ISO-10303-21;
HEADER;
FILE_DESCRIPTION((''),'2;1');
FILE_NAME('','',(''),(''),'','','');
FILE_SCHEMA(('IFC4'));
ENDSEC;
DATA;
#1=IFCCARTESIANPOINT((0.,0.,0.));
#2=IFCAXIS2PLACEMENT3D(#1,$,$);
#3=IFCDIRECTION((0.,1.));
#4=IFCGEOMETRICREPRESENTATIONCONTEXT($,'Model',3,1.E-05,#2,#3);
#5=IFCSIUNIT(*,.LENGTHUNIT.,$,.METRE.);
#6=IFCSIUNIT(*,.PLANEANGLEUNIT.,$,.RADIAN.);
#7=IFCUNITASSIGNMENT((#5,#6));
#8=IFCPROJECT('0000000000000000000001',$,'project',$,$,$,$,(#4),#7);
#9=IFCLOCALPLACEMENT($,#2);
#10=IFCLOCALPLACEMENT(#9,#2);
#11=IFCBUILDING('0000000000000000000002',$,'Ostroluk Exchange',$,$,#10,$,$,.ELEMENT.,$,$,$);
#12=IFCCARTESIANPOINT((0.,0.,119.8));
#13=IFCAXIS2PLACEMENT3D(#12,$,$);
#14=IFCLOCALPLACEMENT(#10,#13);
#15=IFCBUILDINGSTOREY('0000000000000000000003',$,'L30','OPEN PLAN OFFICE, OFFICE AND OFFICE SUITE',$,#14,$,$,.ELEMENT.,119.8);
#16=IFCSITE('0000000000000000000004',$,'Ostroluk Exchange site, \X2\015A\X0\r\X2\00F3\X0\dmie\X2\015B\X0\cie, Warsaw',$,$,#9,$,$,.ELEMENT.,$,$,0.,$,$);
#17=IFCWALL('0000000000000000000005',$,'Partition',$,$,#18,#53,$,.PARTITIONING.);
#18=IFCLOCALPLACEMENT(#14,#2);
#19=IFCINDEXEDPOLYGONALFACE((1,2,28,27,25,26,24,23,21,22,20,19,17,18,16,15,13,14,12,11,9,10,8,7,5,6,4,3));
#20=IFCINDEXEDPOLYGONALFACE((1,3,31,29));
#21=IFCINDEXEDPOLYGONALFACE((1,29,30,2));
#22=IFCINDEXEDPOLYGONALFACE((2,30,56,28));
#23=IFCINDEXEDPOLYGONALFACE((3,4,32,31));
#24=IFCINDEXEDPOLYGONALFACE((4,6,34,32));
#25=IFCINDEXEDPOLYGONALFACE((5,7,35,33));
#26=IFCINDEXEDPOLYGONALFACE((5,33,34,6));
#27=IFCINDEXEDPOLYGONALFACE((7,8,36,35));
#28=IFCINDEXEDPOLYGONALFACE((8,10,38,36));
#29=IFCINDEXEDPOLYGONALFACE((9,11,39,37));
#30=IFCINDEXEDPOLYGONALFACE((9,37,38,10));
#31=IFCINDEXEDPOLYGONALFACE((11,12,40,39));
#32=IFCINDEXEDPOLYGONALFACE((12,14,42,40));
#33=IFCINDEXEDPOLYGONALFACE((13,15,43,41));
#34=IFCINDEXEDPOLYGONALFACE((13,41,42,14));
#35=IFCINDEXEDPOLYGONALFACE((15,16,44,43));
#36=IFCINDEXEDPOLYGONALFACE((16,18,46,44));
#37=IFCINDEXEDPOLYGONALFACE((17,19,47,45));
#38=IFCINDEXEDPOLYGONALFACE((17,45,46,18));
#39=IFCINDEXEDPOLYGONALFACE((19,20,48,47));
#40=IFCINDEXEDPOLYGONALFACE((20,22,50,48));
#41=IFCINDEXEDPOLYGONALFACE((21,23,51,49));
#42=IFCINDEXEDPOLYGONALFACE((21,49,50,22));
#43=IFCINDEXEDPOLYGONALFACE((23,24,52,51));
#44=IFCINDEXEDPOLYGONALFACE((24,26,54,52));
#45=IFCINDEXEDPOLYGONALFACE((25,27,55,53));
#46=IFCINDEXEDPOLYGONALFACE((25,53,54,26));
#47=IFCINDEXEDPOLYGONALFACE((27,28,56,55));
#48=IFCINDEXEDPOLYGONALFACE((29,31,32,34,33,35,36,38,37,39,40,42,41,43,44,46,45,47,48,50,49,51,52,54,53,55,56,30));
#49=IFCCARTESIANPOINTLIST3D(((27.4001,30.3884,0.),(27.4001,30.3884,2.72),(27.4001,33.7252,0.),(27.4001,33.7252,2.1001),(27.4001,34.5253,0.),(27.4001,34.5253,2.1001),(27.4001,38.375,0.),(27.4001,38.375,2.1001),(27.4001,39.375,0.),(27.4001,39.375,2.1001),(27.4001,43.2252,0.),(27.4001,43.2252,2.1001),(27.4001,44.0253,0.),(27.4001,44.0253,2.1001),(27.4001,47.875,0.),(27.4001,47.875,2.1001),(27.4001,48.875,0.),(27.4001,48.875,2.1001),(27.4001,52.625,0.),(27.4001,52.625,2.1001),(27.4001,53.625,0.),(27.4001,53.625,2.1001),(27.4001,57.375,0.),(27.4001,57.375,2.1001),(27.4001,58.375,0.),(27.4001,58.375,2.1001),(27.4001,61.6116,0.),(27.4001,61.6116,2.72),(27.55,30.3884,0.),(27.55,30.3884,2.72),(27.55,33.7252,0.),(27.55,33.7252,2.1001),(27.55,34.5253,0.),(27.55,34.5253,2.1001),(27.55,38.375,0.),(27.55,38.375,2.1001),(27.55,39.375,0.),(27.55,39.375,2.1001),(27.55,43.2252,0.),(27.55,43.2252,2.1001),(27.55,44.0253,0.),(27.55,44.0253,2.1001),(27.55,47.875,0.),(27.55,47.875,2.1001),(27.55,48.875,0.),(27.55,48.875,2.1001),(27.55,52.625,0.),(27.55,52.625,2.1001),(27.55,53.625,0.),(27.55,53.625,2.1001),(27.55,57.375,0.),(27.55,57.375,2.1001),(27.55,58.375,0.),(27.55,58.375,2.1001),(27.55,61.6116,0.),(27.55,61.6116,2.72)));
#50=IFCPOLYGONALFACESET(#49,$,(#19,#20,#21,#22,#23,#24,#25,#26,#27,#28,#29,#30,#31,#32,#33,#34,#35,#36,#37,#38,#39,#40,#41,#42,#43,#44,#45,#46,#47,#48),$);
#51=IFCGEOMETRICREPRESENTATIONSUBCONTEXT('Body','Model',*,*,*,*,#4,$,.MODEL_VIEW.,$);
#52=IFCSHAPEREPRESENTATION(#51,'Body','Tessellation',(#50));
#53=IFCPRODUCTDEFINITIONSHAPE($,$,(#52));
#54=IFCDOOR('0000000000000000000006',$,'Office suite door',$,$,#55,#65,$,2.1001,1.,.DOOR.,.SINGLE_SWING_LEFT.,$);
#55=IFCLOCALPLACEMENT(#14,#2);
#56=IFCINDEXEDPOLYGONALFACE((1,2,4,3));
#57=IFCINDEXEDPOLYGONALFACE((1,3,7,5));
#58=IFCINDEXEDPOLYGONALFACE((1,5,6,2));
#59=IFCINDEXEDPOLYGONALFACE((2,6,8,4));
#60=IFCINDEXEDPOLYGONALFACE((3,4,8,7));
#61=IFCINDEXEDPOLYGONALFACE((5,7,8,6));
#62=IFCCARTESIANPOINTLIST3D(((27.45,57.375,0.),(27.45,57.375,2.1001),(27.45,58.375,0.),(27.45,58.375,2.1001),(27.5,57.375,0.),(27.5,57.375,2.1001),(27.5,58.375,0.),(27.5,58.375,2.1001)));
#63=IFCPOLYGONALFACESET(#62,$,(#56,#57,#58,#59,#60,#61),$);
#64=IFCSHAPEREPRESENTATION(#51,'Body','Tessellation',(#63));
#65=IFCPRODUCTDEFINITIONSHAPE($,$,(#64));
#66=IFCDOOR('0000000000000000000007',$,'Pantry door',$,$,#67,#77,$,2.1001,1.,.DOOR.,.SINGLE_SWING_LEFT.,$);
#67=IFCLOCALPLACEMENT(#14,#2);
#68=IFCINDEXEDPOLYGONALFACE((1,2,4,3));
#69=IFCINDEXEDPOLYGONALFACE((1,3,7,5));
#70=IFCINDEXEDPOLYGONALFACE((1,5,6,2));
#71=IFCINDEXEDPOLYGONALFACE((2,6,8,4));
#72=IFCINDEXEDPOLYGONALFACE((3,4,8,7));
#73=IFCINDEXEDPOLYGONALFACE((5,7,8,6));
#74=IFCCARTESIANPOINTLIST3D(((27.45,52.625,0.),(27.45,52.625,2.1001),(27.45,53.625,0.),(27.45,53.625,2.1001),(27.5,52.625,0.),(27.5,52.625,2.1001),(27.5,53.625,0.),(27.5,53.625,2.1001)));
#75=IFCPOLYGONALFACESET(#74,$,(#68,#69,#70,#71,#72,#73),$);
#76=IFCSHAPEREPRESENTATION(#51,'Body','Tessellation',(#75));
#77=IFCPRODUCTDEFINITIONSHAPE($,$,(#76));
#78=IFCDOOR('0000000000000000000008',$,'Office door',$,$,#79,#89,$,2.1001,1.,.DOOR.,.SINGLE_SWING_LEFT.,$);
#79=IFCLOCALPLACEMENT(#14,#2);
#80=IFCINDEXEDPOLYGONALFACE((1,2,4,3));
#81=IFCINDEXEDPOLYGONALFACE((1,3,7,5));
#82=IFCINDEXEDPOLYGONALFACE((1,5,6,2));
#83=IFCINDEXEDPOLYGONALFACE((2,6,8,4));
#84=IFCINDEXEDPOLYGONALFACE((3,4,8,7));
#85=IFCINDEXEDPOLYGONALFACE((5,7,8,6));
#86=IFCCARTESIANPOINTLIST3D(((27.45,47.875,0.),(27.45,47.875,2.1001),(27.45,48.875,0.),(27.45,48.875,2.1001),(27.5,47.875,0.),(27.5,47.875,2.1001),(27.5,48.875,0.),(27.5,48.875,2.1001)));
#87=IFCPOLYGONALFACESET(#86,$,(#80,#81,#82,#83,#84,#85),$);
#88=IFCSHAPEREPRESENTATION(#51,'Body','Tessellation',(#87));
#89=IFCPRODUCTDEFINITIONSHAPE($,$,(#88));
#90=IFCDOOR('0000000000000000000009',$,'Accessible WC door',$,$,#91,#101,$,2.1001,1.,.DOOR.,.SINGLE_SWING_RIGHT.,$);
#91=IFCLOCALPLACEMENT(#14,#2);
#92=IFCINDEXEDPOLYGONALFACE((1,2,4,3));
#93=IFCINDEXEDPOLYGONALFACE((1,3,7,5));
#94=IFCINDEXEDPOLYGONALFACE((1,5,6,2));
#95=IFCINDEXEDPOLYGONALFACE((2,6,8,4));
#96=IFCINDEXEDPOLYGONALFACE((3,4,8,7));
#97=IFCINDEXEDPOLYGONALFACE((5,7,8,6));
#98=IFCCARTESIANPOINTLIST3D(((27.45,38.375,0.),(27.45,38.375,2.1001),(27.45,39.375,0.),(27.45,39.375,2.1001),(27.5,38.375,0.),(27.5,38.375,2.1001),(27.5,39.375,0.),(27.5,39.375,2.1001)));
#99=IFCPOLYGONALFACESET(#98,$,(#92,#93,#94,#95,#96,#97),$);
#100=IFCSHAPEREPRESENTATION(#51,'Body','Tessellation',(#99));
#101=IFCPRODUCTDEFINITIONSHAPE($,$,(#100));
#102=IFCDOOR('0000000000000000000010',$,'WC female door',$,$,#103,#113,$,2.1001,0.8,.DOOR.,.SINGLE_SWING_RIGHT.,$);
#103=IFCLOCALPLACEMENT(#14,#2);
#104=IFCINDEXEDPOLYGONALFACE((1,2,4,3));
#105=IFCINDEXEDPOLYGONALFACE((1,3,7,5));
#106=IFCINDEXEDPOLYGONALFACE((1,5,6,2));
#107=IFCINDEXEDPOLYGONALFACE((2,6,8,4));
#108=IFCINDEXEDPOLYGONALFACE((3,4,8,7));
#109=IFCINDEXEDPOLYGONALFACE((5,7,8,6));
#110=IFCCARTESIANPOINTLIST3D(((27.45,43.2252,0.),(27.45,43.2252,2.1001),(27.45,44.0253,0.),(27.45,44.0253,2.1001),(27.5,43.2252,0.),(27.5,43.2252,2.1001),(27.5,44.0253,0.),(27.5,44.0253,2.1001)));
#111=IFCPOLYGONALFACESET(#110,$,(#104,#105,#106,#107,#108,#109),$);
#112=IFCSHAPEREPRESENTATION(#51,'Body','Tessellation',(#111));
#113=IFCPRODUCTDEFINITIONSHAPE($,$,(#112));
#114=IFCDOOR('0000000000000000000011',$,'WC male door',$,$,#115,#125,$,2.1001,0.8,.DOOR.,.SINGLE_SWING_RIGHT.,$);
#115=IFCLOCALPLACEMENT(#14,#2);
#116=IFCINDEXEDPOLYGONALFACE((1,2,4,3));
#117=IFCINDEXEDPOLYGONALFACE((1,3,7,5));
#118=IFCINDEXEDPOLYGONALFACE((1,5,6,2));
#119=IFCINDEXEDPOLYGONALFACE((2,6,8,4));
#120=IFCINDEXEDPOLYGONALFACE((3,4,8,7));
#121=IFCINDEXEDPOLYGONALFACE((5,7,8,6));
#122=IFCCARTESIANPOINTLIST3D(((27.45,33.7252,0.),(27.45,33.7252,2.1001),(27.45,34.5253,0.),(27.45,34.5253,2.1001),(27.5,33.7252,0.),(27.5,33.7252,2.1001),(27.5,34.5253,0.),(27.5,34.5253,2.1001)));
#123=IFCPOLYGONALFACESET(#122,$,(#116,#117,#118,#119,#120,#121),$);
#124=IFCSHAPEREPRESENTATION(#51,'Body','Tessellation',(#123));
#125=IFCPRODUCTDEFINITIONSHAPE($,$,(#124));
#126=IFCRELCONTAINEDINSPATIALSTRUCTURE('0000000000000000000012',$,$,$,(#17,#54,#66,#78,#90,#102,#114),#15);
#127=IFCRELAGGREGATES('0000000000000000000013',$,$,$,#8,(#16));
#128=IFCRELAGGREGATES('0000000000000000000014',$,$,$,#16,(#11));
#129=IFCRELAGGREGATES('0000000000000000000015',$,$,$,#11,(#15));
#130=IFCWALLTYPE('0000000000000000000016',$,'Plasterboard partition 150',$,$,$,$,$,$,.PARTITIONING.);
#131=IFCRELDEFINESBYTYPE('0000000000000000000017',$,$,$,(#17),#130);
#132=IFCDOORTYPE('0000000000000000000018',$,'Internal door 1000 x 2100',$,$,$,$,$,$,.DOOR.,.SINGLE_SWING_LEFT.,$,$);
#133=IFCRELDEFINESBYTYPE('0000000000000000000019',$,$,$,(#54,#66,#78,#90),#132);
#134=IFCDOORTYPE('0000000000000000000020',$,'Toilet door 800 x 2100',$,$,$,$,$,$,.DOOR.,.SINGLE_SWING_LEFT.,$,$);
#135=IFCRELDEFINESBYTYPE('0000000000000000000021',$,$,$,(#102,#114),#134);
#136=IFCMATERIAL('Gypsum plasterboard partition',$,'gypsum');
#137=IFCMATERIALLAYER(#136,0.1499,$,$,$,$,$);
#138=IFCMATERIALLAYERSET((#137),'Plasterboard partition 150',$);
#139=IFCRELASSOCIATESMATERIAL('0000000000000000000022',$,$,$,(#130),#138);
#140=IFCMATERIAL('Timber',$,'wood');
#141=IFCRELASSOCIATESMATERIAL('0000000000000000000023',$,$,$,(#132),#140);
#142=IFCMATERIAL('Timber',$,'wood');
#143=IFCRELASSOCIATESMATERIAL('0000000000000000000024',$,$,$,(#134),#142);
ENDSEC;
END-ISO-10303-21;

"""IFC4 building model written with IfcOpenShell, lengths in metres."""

from ifc_helpers import new_model, si_unit, direction, frame, frame_2d, origin, place, context, subcontext, project, spatial, rectangle, extrude, material, layer, layer_set, type_object, element, fill, save


model = new_model("IFC4")

# Units and contexts
model_context = context("Model", 3, precision=1e-05, world=origin(), true_north=direction((0.0, 1.0)))
body_context = subcontext(model_context, "Body", "Model", "MODEL_VIEW")
ifc_project = project(units=[si_unit("LENGTHUNIT", "METRE"), si_unit("PLANEANGLEUNIT", "RADIAN")], contexts=[model_context])

# Site, building, storey
site_placement = place(None, origin())
site = spatial("IfcSite", under=ifc_project, at=site_placement, Name="Ostroluk Exchange site, Śródmieście, Warsaw", CompositionType="ELEMENT", RefElevation=0.0)
building_placement = place(site_placement, origin())
building = spatial("IfcBuilding", under=site, at=building_placement, Name="Ostroluk Exchange", CompositionType="ELEMENT")
storey_placement = place(building_placement, frame((0.0, 0.0, 119.8)))
storey = spatial("IfcBuildingStorey", under=building, at=storey_placement, Name="L30", Description="OPEN PLAN OFFICE, OFFICE AND OFFICE SUITE", CompositionType="ELEMENT", Elevation=119.8)

# Wall, openings, doors
ifc_material_1 = material(Name="Gypsum plasterboard partition", Category="gypsum")
ifc_layer_1 = layer(ifc_material_1, 0.1499)
ifc_layer_set_1 = layer_set([ifc_layer_1], Name="Plasterboard partition 150")
wall_type_1 = type_object("IfcWallType", Name="Plasterboard partition 150", PredefinedType="PARTITIONING", material=ifc_layer_set_1)
wall_1_placement = place(storey_placement, frame((27.4751, 61.6116, 0.0), z_axis=(0.0, 0.0, 1.0), x_axis=(0.0, -1.0, 0.0)))
wall_1 = element("IfcWall", 1, at=wall_1_placement, inside=storey, type_object=wall_type_1, Name="Partition", PredefinedType="PARTITIONING", context=body_context, shape_type="SweptSolid", body=[
    extrude(rectangle(XDim=31.2231, YDim=0.1499, at=frame_2d((15.6116, 0.0))), origin(), (0.0, 0.0, 1.0), 2.72),
])
opening_1_placement = place(wall_1_placement, frame((3.2366, 0.0, 0.0)))
opening_1 = element("IfcOpeningElement", 2, at=opening_1_placement, cuts=wall_1, PredefinedType="OPENING", context=body_context, shape_type="SweptSolid", body=[
    extrude(rectangle(XDim=1.0, YDim=2.1001, at=frame_2d((0.5, 1.05))), frame((0.0, 0.085, 0.0), z_axis=(0.0, -1.0, 0.0), x_axis=(1.0, 0.0, 0.0)), (0.0, 0.0, 1.0), 0.1699),
])
opening_2_placement = place(wall_1_placement, frame((7.9866, 0.0, 0.0)))
opening_2 = element("IfcOpeningElement", 3, at=opening_2_placement, cuts=wall_1, PredefinedType="OPENING", context=body_context, shape_type="SweptSolid", body=[
    extrude(rectangle(XDim=1.0, YDim=2.1001, at=frame_2d((0.5, 1.05))), frame((0.0, 0.085, 0.0), z_axis=(0.0, -1.0, 0.0), x_axis=(1.0, 0.0, 0.0)), (0.0, 0.0, 1.0), 0.1699),
])
opening_3_placement = place(wall_1_placement, frame((12.7366, 0.0, 0.0)))
opening_3 = element("IfcOpeningElement", 4, at=opening_3_placement, cuts=wall_1, PredefinedType="OPENING", context=body_context, shape_type="SweptSolid", body=[
    extrude(rectangle(XDim=1.0, YDim=2.1001, at=frame_2d((0.5, 1.05))), frame((0.0, 0.085, 0.0), z_axis=(0.0, -1.0, 0.0), x_axis=(1.0, 0.0, 0.0)), (0.0, 0.0, 1.0), 0.1699),
])
opening_4_placement = place(wall_1_placement, frame((17.5864, 0.0, 0.0)))
opening_4 = element("IfcOpeningElement", 5, at=opening_4_placement, cuts=wall_1, PredefinedType="OPENING", context=body_context, shape_type="SweptSolid", body=[
    extrude(rectangle(XDim=0.8, YDim=2.1001, at=frame_2d((0.3999, 1.05))), frame((0.0, 0.085, 0.0), z_axis=(0.0, -1.0, 0.0), x_axis=(1.0, 0.0, 0.0)), (0.0, 0.0, 1.0), 0.1699),
])
opening_5_placement = place(wall_1_placement, frame((22.2366, 0.0, 0.0)))
opening_5 = element("IfcOpeningElement", 6, at=opening_5_placement, cuts=wall_1, PredefinedType="OPENING", context=body_context, shape_type="SweptSolid", body=[
    extrude(rectangle(XDim=1.0, YDim=2.1001, at=frame_2d((0.5, 1.05))), frame((0.0, 0.085, 0.0), z_axis=(0.0, -1.0, 0.0), x_axis=(1.0, 0.0, 0.0)), (0.0, 0.0, 1.0), 0.1699),
])
opening_6_placement = place(wall_1_placement, frame((27.0864, 0.0, 0.0)))
opening_6 = element("IfcOpeningElement", 7, at=opening_6_placement, cuts=wall_1, PredefinedType="OPENING", context=body_context, shape_type="SweptSolid", body=[
    extrude(rectangle(XDim=0.8, YDim=2.1001, at=frame_2d((0.3999, 1.05))), frame((0.0, 0.085, 0.0), z_axis=(0.0, -1.0, 0.0), x_axis=(1.0, 0.0, 0.0)), (0.0, 0.0, 1.0), 0.1699),
])
ifc_material_2 = material(Name="Timber", Category="wood")
door_type_1 = type_object("IfcDoorType", Name="Internal door 1000 x 2100", OperationType="SINGLE_SWING_LEFT", PredefinedType="DOOR", material=ifc_material_2)
door_1_placement = place(opening_1_placement, origin())
door_1 = element("IfcDoor", 8, at=door_1_placement, inside=storey, type_object=door_type_1, Name="Office suite door", OperationType="SINGLE_SWING_LEFT", OverallHeight=2.1001, OverallWidth=1.0, PredefinedType="DOOR", context=body_context, shape_type="SweptSolid", body=[
    extrude(rectangle(XDim=1.0, YDim=2.1001, at=frame_2d((0.5, 1.05))), frame((0.0, 0.0249, 0.0), z_axis=(0.0, -1.0, 0.0), x_axis=(1.0, 0.0, 0.0)), (0.0, 0.0, 1.0), 0.05),
])
fill(opening_1, door_1)
door_2_placement = place(opening_2_placement, origin())
door_2 = element("IfcDoor", 9, at=door_2_placement, inside=storey, type_object=door_type_1, Name="Pantry door", OperationType="SINGLE_SWING_LEFT", OverallHeight=2.1001, OverallWidth=1.0, PredefinedType="DOOR", context=body_context, shape_type="SweptSolid", body=[
    extrude(rectangle(XDim=1.0, YDim=2.1001, at=frame_2d((0.5, 1.05))), frame((0.0, 0.0249, 0.0), z_axis=(0.0, -1.0, 0.0), x_axis=(1.0, 0.0, 0.0)), (0.0, 0.0, 1.0), 0.05),
])
fill(opening_2, door_2)
door_3_placement = place(opening_3_placement, origin())
door_3 = element("IfcDoor", 10, at=door_3_placement, inside=storey, type_object=door_type_1, Name="Office door", OperationType="SINGLE_SWING_LEFT", OverallHeight=2.1001, OverallWidth=1.0, PredefinedType="DOOR", context=body_context, shape_type="SweptSolid", body=[
    extrude(rectangle(XDim=1.0, YDim=2.1001, at=frame_2d((0.5, 1.05))), frame((0.0, 0.0249, 0.0), z_axis=(0.0, -1.0, 0.0), x_axis=(1.0, 0.0, 0.0)), (0.0, 0.0, 1.0), 0.05),
])
fill(opening_3, door_3)
door_4_placement = place(opening_5_placement, origin())
door_4 = element("IfcDoor", 11, at=door_4_placement, inside=storey, type_object=door_type_1, Name="Accessible WC door", OperationType="SINGLE_SWING_RIGHT", OverallHeight=2.1001, OverallWidth=1.0, PredefinedType="DOOR", context=body_context, shape_type="SweptSolid", body=[
    extrude(rectangle(XDim=1.0, YDim=2.1001, at=frame_2d((0.5, 1.05))), frame((0.0, 0.0249, 0.0), z_axis=(0.0, -1.0, 0.0), x_axis=(1.0, 0.0, 0.0)), (0.0, 0.0, 1.0), 0.05),
])
fill(opening_5, door_4)
ifc_material_3 = material(Name="Timber", Category="wood")
door_type_2 = type_object("IfcDoorType", Name="Toilet door 800 x 2100", OperationType="SINGLE_SWING_LEFT", PredefinedType="DOOR", material=ifc_material_3)
door_5_placement = place(opening_4_placement, origin())
door_5 = element("IfcDoor", 12, at=door_5_placement, inside=storey, type_object=door_type_2, Name="WC female door", OperationType="SINGLE_SWING_RIGHT", OverallHeight=2.1001, OverallWidth=0.8, PredefinedType="DOOR", context=body_context, shape_type="SweptSolid", body=[
    extrude(rectangle(XDim=0.8, YDim=2.1001, at=frame_2d((0.3999, 1.05))), frame((0.0, 0.0249, 0.0), z_axis=(0.0, -1.0, 0.0), x_axis=(1.0, 0.0, 0.0)), (0.0, 0.0, 1.0), 0.05),
])
fill(opening_4, door_5)
door_6_placement = place(opening_6_placement, origin())
door_6 = element("IfcDoor", 13, at=door_6_placement, inside=storey, type_object=door_type_2, Name="WC male door", OperationType="SINGLE_SWING_RIGHT", OverallHeight=2.1001, OverallWidth=0.8, PredefinedType="DOOR", context=body_context, shape_type="SweptSolid", body=[
    extrude(rectangle(XDim=0.8, YDim=2.1001, at=frame_2d((0.3999, 1.05))), frame((0.0, 0.0249, 0.0), z_axis=(0.0, -1.0, 0.0), x_axis=(1.0, 0.0, 0.0)), (0.0, 0.0, 1.0), 0.05),
])
fill(opening_6, door_6)

save(model, "model.ifc")
